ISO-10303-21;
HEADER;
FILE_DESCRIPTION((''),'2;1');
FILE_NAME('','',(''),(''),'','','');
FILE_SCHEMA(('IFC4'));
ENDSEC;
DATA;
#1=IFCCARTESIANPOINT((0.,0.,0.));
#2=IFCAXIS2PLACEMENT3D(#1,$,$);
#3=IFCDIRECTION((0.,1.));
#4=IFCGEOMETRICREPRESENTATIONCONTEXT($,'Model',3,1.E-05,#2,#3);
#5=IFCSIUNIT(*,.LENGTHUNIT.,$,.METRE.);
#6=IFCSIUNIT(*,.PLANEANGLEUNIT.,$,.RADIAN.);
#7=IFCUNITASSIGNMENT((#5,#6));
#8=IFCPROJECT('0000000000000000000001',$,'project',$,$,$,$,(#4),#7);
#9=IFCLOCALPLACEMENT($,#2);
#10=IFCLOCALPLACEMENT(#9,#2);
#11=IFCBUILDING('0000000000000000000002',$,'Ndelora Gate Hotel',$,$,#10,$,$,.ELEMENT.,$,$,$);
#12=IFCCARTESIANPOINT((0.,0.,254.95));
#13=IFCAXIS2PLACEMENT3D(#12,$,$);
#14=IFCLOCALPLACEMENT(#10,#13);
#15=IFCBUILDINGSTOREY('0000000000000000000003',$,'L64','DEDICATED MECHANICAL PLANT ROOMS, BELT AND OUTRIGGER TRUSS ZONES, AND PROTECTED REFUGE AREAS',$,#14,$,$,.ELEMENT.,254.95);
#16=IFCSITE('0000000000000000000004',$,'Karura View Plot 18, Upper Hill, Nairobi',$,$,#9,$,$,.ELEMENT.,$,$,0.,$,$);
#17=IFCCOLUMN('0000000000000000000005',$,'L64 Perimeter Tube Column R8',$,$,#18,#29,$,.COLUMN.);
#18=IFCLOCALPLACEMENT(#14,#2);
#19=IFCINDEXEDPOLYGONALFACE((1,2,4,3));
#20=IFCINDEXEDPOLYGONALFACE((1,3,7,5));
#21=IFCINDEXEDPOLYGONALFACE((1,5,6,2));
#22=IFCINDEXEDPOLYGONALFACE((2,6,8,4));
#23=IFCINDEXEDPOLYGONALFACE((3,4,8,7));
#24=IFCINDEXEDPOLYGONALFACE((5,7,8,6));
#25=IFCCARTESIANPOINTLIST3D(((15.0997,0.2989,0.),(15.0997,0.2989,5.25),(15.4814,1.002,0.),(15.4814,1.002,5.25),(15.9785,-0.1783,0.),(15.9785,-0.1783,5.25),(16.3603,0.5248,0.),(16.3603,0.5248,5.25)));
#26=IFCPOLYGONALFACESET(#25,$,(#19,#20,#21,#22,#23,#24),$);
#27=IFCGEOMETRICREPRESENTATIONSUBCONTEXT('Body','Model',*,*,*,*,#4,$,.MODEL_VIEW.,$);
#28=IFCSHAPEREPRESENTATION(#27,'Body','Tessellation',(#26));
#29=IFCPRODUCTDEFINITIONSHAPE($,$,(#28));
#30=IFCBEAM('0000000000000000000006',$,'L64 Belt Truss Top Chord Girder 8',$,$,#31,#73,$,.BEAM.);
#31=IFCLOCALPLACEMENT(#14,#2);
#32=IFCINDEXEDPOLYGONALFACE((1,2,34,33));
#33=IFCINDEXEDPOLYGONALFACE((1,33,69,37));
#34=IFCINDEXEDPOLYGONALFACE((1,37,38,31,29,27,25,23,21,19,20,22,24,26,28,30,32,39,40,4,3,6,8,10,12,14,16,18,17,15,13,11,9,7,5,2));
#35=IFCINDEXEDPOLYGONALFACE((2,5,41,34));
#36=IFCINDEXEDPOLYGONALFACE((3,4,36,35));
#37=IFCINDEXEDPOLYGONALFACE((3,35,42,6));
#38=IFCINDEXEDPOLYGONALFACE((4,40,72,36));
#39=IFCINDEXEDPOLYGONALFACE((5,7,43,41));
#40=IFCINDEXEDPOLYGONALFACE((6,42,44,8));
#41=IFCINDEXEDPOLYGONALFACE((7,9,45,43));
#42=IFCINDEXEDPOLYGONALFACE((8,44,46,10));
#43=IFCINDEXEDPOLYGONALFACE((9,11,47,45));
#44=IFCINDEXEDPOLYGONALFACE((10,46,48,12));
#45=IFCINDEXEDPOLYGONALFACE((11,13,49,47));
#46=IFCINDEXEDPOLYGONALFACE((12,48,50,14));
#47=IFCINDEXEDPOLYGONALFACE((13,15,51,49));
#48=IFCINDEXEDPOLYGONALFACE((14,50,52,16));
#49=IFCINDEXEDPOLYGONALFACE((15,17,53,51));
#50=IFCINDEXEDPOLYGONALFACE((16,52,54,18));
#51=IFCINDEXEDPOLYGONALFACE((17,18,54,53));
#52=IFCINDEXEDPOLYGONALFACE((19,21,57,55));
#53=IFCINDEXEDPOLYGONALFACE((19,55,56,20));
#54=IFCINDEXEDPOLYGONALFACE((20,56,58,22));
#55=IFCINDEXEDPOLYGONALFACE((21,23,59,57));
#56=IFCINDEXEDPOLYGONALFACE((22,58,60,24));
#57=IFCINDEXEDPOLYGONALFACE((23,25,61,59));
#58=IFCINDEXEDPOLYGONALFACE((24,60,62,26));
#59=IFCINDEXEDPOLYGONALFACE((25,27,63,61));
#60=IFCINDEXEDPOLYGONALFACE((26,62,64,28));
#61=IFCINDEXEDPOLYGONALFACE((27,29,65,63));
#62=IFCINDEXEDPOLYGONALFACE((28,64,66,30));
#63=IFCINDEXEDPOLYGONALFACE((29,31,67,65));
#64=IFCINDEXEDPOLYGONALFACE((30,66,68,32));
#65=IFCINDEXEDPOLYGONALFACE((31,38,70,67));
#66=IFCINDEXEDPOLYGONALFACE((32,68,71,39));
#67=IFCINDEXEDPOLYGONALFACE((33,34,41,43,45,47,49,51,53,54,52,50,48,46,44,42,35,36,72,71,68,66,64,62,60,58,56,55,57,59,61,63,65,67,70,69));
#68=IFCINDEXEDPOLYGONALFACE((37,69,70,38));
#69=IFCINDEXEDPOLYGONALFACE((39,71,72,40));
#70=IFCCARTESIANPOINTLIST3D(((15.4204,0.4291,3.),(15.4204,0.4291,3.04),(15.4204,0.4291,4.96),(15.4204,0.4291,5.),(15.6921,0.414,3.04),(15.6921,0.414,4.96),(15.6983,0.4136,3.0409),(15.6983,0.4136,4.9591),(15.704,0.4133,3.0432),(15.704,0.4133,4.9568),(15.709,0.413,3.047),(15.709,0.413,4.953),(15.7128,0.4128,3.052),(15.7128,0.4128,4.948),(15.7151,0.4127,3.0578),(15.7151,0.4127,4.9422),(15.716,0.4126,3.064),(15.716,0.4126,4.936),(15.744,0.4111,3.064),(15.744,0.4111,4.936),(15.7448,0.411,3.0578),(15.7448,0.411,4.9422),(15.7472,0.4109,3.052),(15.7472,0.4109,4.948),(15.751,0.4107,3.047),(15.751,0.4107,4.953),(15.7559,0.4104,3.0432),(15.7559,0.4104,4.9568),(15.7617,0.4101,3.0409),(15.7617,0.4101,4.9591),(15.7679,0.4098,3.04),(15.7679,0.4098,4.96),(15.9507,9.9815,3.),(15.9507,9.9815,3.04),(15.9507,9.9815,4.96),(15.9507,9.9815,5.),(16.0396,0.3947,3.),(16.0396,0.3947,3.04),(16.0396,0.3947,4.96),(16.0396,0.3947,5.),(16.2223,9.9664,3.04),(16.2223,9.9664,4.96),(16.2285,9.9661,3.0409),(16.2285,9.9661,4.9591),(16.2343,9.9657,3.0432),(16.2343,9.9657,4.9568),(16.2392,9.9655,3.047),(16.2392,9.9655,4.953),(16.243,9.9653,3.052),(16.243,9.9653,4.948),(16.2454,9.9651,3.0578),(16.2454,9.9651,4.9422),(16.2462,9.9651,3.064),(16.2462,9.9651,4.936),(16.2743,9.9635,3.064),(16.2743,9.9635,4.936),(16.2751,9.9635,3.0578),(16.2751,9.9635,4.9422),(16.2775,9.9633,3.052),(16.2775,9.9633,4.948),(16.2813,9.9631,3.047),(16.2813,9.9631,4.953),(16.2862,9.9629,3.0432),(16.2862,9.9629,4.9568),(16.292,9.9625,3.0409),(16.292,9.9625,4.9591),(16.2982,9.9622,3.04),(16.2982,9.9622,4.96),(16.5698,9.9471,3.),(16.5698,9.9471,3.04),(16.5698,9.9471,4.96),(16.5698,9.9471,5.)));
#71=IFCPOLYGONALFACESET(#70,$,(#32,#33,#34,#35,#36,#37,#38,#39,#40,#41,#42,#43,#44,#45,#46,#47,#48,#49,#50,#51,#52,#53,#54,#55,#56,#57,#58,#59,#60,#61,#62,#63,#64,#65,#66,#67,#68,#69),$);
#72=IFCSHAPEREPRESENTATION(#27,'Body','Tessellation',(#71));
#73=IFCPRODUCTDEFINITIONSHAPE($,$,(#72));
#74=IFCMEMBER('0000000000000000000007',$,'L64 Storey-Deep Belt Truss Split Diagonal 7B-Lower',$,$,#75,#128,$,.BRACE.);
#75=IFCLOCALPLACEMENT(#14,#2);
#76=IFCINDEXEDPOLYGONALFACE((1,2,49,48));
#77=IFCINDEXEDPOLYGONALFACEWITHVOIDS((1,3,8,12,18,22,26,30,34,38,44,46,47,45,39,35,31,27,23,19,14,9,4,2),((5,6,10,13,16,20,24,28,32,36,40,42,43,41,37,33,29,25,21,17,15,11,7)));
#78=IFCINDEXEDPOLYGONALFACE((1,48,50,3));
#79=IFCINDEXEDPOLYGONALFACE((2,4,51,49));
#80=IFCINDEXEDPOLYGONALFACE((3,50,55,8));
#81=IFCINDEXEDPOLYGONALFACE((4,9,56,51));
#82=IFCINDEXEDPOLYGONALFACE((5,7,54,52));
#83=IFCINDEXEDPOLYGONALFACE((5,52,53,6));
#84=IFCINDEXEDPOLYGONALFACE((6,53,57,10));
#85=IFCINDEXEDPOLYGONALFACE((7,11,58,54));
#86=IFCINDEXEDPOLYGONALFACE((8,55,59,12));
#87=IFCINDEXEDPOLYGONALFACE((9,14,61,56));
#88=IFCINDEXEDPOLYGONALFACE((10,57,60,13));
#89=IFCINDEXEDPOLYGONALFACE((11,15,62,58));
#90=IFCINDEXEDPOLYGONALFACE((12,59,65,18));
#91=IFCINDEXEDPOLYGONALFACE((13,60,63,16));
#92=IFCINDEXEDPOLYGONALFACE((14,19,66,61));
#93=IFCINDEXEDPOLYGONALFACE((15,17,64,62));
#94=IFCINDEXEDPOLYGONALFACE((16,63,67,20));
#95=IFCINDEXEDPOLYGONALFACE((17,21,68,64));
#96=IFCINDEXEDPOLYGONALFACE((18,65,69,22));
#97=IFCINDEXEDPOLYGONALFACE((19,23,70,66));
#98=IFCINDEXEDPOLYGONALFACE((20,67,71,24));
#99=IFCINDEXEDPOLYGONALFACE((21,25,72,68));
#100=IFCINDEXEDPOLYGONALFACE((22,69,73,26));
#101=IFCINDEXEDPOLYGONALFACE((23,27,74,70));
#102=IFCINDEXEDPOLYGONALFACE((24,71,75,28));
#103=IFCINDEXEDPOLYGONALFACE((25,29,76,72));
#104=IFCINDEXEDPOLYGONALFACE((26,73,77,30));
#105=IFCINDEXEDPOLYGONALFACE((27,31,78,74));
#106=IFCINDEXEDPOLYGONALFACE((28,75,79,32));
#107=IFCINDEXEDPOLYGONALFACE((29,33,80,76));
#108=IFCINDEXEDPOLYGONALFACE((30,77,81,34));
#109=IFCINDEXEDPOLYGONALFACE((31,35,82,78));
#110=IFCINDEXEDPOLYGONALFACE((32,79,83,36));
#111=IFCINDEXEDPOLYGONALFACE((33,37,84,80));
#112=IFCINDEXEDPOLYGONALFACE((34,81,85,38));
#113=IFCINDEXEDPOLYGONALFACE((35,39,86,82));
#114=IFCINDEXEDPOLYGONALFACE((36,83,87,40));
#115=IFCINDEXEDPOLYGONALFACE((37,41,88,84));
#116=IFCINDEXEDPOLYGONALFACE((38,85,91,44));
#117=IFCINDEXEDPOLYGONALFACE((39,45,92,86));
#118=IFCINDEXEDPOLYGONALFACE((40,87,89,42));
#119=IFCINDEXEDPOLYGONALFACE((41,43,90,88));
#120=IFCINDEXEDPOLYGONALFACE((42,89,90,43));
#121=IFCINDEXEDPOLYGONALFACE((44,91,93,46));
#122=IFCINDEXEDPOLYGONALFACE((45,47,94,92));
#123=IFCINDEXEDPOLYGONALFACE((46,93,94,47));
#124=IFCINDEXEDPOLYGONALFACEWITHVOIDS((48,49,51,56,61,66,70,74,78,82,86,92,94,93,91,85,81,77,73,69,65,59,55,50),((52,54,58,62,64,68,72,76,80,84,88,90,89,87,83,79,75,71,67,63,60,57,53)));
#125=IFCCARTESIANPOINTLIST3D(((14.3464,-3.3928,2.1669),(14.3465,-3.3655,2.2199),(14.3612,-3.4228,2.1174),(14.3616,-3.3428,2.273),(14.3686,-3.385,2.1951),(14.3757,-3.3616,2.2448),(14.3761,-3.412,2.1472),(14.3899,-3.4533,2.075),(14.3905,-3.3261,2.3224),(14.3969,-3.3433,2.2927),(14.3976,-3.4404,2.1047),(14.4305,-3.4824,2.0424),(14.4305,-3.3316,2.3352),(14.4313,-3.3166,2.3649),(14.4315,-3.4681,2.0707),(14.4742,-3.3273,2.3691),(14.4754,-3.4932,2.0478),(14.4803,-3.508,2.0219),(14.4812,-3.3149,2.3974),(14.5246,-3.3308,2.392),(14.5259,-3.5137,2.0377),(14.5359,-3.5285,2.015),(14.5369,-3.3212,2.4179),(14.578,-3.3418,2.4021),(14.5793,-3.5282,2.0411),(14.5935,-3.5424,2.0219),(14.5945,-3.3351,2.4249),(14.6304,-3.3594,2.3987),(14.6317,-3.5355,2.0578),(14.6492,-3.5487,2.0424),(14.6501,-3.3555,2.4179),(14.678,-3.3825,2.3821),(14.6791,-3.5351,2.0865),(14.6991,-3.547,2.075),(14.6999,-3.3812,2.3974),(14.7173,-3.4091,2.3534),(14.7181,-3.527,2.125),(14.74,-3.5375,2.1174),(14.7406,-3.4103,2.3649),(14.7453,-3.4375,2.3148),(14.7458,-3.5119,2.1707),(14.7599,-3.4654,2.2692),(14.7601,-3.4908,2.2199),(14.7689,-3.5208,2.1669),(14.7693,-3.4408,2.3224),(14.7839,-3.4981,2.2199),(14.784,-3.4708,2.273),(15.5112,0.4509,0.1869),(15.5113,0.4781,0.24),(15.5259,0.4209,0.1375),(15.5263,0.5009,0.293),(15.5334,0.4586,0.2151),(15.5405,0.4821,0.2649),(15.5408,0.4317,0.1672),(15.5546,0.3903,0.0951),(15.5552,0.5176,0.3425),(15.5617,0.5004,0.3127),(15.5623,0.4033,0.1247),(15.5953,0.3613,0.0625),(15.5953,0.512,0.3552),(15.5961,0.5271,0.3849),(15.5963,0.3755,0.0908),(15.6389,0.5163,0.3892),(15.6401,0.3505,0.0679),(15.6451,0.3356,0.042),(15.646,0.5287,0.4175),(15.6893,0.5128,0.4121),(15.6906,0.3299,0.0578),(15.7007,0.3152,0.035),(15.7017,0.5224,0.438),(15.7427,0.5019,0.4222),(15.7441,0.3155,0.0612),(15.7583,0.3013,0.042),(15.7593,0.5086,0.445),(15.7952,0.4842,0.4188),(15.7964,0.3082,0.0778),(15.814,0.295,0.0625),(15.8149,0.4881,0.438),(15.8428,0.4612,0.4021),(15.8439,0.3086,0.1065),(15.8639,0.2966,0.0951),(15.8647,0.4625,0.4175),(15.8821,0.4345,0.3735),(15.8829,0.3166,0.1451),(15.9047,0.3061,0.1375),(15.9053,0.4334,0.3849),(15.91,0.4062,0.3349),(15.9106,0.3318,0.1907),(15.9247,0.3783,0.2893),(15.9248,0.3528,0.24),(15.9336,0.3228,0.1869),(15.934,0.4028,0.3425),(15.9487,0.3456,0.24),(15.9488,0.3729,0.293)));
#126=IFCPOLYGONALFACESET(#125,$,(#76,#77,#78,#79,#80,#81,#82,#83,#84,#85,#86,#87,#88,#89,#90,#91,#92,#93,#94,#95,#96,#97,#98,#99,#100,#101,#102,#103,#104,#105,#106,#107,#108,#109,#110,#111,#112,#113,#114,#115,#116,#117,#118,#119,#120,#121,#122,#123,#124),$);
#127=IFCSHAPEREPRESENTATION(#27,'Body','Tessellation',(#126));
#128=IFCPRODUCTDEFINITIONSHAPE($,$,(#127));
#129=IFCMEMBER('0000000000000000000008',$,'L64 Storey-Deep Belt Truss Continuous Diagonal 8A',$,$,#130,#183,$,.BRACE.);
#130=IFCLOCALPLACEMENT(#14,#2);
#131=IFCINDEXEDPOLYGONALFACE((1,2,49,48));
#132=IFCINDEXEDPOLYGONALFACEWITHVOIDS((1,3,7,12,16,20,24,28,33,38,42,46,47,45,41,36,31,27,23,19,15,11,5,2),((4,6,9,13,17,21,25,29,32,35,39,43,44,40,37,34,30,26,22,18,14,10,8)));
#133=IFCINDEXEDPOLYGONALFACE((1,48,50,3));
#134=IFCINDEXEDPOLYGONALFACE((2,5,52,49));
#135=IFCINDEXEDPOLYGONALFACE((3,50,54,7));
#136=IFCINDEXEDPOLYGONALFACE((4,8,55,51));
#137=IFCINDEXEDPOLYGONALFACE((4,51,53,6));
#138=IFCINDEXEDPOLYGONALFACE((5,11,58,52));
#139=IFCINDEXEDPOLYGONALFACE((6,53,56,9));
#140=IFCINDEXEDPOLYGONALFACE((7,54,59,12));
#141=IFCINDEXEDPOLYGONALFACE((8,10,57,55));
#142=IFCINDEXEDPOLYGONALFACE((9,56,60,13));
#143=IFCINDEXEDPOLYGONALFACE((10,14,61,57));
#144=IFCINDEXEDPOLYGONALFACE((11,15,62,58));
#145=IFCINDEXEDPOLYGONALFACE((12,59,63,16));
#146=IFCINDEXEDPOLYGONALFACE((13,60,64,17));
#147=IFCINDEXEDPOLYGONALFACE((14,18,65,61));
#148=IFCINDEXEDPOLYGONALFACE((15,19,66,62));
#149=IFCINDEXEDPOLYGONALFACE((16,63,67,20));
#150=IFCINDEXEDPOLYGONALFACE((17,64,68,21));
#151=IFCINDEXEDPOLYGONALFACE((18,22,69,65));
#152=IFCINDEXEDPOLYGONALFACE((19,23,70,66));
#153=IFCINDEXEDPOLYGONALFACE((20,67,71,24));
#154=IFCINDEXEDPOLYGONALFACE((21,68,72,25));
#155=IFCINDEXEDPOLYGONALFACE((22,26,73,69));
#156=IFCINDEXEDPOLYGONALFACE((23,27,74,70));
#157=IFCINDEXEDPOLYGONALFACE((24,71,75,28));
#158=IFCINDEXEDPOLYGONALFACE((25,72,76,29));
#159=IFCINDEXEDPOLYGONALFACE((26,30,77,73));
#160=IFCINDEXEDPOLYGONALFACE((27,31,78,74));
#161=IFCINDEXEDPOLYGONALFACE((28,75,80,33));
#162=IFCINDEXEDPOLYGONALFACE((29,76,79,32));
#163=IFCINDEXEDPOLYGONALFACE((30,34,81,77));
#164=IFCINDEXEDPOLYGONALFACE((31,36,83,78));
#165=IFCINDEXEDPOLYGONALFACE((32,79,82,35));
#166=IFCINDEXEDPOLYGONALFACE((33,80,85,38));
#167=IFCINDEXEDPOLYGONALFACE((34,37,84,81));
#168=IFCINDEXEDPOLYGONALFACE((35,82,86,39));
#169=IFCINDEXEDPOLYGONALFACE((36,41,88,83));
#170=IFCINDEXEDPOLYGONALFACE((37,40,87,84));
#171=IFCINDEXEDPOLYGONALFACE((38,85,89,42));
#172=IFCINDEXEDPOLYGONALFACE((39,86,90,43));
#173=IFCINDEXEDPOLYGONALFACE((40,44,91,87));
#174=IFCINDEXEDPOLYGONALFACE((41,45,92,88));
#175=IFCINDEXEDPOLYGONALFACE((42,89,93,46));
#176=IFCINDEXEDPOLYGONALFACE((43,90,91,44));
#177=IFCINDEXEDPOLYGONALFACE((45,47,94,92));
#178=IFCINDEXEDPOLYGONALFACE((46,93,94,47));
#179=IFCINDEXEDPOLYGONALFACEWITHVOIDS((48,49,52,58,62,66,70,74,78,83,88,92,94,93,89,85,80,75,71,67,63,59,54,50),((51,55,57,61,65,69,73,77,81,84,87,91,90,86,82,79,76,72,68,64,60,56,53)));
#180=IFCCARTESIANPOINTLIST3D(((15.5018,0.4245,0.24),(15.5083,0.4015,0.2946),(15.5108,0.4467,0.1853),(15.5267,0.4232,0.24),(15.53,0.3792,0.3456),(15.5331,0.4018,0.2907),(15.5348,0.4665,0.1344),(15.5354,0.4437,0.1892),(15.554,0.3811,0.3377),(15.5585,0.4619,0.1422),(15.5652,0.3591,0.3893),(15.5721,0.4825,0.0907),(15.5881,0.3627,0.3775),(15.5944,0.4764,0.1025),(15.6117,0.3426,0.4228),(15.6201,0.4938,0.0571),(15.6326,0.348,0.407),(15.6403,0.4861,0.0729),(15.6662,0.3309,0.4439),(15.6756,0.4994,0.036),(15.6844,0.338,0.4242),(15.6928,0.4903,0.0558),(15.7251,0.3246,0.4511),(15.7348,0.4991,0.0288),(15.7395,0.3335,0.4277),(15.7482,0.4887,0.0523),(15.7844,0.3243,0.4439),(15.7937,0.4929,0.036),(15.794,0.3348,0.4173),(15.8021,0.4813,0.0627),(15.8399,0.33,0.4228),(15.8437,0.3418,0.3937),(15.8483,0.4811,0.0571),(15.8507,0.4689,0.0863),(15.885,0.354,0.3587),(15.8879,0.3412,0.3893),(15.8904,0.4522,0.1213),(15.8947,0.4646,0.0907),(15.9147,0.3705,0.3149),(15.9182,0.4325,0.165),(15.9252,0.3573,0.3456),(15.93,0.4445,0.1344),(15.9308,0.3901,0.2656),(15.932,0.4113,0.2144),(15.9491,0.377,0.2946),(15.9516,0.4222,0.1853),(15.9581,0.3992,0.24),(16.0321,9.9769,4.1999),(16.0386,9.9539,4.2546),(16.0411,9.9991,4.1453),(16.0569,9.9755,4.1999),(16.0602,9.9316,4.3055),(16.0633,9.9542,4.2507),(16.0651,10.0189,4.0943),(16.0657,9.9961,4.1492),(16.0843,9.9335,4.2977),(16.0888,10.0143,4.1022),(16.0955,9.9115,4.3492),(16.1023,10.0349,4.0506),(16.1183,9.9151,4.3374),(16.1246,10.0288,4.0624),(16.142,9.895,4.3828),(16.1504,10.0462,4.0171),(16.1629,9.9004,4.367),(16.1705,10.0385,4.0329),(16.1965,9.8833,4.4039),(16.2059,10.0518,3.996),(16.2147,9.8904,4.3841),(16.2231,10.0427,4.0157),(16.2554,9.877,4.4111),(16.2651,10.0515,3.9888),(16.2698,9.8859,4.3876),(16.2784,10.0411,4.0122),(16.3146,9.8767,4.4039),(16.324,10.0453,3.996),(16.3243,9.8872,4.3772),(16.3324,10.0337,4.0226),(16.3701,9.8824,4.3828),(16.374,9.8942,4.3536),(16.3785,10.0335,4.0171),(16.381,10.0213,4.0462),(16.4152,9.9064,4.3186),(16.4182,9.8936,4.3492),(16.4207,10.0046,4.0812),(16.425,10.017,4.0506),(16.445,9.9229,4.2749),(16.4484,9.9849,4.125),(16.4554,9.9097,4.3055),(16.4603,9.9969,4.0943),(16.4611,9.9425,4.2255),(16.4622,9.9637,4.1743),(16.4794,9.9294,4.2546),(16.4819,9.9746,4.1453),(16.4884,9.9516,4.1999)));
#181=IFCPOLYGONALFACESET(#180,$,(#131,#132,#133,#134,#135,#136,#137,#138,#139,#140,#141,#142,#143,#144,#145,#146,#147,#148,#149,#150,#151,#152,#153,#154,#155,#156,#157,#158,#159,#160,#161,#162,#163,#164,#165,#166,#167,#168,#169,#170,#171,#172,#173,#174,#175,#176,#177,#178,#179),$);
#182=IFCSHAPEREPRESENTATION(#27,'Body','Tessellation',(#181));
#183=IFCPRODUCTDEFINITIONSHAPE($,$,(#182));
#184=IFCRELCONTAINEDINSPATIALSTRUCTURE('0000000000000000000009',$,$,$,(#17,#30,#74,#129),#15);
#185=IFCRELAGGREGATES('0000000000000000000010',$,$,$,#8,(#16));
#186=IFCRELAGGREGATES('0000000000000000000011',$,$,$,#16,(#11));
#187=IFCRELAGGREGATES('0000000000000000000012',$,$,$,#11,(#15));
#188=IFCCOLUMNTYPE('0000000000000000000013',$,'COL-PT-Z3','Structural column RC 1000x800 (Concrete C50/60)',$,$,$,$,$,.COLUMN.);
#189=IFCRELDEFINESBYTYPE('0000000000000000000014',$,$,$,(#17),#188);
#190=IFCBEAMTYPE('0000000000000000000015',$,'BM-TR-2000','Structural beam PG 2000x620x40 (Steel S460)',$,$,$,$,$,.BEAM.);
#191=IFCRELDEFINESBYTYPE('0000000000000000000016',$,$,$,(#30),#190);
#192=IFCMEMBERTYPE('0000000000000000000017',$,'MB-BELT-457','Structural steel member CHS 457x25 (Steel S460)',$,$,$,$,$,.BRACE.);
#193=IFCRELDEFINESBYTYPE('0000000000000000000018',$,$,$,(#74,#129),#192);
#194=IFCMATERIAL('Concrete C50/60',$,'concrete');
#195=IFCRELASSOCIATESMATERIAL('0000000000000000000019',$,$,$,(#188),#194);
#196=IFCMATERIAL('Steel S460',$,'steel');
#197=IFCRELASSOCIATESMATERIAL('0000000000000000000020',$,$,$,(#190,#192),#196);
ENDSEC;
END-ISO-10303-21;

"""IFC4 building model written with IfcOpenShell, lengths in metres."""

from ifc_helpers import new_model, si_unit, direction, frame, origin, origin_2d, place, context, subcontext, project, spatial, rectangle, hollow_circle, i_section, extrude, material, material_profile, profile_set, type_object, element, save


model = new_model("IFC4")

# Units and contexts
model_context = context("Model", 3, precision=1e-05, world=origin(), true_north=direction((0.0, 1.0)))
body_context = subcontext(model_context, "Body", "Model", "MODEL_VIEW")
ifc_project = project(units=[si_unit("LENGTHUNIT", "METRE"), si_unit("PLANEANGLEUNIT", "RADIAN")], contexts=[model_context])

# Site, building, storey
site_placement = place(None, origin())
site = spatial("IfcSite", under=ifc_project, at=site_placement, Name="Karura View Plot 18, Upper Hill, Nairobi", CompositionType="ELEMENT", RefElevation=0.0)
building_placement = place(site_placement, origin())
building = spatial("IfcBuilding", under=site, at=building_placement, Name="Ndelora Gate Hotel", CompositionType="ELEMENT")
storey_placement = place(building_placement, frame((0.0, 0.0, 254.95)))
storey = spatial("IfcBuildingStorey", under=building, at=storey_placement, Name="L64", Description="DEDICATED MECHANICAL PLANT ROOMS, BELT AND OUTRIGGER TRUSS ZONES, AND PROTECTED REFUGE AREAS", CompositionType="ELEMENT", Elevation=254.95)

# Column
ifc_material_1 = material(Name="Concrete C50/60", Category="concrete")
ifc_material_profile_1 = material_profile(ifc_material_1, rectangle(XDim=0.8, YDim=1.0, at=origin_2d()), Name="RC 1000x800")
ifc_profile_set_1 = profile_set([ifc_material_profile_1], Name="Concrete C50/60")
column_type = type_object("IfcColumnType", Name="COL-PT-Z3", Description="Structural column RC 1000x800 (Concrete C50/60)", PredefinedType="COLUMN", material=ifc_profile_set_1)
column_placement = place(storey_placement, frame((15.73, 0.4119, 0.0), z_axis=(0.0, 0.0, 1.0), x_axis=(0.477159, 0.878817, 0.0)))
element("IfcColumn", 1, at=column_placement, inside=storey, type_object=column_type, Name="L64 Perimeter Tube Column R8", PredefinedType="COLUMN", context=body_context, shape_type="SweptSolid", body=[
    extrude(rectangle(XDim=0.8, YDim=1.0, at=origin_2d()), origin(), (0.0, 0.0, 1.0), 5.25),
])

# Beam
ifc_material_2 = material(Name="Steel S460", Category="steel")
ifc_material_profile_2 = material_profile(ifc_material_2, i_section(OverallWidth=0.6201, OverallDepth=2.0, WebThickness=0.0281, FlangeThickness=0.04, FilletRadius=0.0239, at=origin_2d()), Name="PG 2000x620x40")
ifc_profile_set_2 = profile_set([ifc_material_profile_2], Name="Steel S460")
beam_type = type_object("IfcBeamType", Name="BM-TR-2000", Description="Structural beam PG 2000x620x40 (Steel S460)", PredefinedType="BEAM", material=ifc_profile_set_2)
beam_placement = place(storey_placement, frame((15.73, 0.4119, 4.0), z_axis=(0.055426, 0.998463, 0.0), x_axis=(-0.998463, 0.055426, 0.0)))
element("IfcBeam", 2, at=beam_placement, inside=storey, type_object=beam_type, Name="L64 Belt Truss Top Chord Girder 8", PredefinedType="BEAM", context=body_context, shape_type="SweptSolid", body=[
    extrude(i_section(OverallWidth=0.6201, OverallDepth=2.0, WebThickness=0.0281, FlangeThickness=0.04, FilletRadius=0.0239, at=origin_2d()), origin(), (0.0, 0.0, 1.0), 9.5671),
])

# Members
ifc_material_profile_3 = material_profile(ifc_material_2, hollow_circle(Radius=0.2285, WallThickness=0.0249, at=origin_2d()), Name="CHS 457x25")
ifc_profile_set_3 = profile_set([ifc_material_profile_3], Name="Steel S460")
member_type_1 = type_object("IfcMemberType", Name="MB-BELT-457", Description="Structural steel member CHS 457x25 (Steel S460)", PredefinedType="BRACE", material=ifc_profile_set_3)
member_1_placement = place(storey_placement, frame((15.73, 0.4119, 0.24), z_axis=(-0.260121, -0.858385, 0.442168), x_axis=(0.957023, -0.290012, 0.0)))
element("IfcMember", 3, at=member_1_placement, inside=storey, type_object=member_type_1, Name="L64 Storey-Deep Belt Truss Split Diagonal 7B-Lower", PredefinedType="BRACE", context=body_context, shape_type="SweptSolid", body=[
    extrude(hollow_circle(Radius=0.2285, WallThickness=0.0249, at=origin_2d()), origin(), (0.0, 0.0, 1.0), 4.4778),
])
member_2_placement = place(storey_placement, frame((15.73, 0.4119, 0.24), z_axis=(0.051213, 0.922558, 0.382444), x_axis=(-0.998463, 0.055426, 0.0)))
element("IfcMember", 4, at=member_2_placement, inside=storey, type_object=member_type_1, Name="L64 Storey-Deep Belt Truss Continuous Diagonal 8A", PredefinedType="BRACE", context=body_context, shape_type="SweptSolid", body=[
    extrude(hollow_circle(Radius=0.2285, WallThickness=0.0249, at=origin_2d()), origin(), (0.0, 0.0, 1.0), 10.3542),
])

save(model, "model.ifc")
